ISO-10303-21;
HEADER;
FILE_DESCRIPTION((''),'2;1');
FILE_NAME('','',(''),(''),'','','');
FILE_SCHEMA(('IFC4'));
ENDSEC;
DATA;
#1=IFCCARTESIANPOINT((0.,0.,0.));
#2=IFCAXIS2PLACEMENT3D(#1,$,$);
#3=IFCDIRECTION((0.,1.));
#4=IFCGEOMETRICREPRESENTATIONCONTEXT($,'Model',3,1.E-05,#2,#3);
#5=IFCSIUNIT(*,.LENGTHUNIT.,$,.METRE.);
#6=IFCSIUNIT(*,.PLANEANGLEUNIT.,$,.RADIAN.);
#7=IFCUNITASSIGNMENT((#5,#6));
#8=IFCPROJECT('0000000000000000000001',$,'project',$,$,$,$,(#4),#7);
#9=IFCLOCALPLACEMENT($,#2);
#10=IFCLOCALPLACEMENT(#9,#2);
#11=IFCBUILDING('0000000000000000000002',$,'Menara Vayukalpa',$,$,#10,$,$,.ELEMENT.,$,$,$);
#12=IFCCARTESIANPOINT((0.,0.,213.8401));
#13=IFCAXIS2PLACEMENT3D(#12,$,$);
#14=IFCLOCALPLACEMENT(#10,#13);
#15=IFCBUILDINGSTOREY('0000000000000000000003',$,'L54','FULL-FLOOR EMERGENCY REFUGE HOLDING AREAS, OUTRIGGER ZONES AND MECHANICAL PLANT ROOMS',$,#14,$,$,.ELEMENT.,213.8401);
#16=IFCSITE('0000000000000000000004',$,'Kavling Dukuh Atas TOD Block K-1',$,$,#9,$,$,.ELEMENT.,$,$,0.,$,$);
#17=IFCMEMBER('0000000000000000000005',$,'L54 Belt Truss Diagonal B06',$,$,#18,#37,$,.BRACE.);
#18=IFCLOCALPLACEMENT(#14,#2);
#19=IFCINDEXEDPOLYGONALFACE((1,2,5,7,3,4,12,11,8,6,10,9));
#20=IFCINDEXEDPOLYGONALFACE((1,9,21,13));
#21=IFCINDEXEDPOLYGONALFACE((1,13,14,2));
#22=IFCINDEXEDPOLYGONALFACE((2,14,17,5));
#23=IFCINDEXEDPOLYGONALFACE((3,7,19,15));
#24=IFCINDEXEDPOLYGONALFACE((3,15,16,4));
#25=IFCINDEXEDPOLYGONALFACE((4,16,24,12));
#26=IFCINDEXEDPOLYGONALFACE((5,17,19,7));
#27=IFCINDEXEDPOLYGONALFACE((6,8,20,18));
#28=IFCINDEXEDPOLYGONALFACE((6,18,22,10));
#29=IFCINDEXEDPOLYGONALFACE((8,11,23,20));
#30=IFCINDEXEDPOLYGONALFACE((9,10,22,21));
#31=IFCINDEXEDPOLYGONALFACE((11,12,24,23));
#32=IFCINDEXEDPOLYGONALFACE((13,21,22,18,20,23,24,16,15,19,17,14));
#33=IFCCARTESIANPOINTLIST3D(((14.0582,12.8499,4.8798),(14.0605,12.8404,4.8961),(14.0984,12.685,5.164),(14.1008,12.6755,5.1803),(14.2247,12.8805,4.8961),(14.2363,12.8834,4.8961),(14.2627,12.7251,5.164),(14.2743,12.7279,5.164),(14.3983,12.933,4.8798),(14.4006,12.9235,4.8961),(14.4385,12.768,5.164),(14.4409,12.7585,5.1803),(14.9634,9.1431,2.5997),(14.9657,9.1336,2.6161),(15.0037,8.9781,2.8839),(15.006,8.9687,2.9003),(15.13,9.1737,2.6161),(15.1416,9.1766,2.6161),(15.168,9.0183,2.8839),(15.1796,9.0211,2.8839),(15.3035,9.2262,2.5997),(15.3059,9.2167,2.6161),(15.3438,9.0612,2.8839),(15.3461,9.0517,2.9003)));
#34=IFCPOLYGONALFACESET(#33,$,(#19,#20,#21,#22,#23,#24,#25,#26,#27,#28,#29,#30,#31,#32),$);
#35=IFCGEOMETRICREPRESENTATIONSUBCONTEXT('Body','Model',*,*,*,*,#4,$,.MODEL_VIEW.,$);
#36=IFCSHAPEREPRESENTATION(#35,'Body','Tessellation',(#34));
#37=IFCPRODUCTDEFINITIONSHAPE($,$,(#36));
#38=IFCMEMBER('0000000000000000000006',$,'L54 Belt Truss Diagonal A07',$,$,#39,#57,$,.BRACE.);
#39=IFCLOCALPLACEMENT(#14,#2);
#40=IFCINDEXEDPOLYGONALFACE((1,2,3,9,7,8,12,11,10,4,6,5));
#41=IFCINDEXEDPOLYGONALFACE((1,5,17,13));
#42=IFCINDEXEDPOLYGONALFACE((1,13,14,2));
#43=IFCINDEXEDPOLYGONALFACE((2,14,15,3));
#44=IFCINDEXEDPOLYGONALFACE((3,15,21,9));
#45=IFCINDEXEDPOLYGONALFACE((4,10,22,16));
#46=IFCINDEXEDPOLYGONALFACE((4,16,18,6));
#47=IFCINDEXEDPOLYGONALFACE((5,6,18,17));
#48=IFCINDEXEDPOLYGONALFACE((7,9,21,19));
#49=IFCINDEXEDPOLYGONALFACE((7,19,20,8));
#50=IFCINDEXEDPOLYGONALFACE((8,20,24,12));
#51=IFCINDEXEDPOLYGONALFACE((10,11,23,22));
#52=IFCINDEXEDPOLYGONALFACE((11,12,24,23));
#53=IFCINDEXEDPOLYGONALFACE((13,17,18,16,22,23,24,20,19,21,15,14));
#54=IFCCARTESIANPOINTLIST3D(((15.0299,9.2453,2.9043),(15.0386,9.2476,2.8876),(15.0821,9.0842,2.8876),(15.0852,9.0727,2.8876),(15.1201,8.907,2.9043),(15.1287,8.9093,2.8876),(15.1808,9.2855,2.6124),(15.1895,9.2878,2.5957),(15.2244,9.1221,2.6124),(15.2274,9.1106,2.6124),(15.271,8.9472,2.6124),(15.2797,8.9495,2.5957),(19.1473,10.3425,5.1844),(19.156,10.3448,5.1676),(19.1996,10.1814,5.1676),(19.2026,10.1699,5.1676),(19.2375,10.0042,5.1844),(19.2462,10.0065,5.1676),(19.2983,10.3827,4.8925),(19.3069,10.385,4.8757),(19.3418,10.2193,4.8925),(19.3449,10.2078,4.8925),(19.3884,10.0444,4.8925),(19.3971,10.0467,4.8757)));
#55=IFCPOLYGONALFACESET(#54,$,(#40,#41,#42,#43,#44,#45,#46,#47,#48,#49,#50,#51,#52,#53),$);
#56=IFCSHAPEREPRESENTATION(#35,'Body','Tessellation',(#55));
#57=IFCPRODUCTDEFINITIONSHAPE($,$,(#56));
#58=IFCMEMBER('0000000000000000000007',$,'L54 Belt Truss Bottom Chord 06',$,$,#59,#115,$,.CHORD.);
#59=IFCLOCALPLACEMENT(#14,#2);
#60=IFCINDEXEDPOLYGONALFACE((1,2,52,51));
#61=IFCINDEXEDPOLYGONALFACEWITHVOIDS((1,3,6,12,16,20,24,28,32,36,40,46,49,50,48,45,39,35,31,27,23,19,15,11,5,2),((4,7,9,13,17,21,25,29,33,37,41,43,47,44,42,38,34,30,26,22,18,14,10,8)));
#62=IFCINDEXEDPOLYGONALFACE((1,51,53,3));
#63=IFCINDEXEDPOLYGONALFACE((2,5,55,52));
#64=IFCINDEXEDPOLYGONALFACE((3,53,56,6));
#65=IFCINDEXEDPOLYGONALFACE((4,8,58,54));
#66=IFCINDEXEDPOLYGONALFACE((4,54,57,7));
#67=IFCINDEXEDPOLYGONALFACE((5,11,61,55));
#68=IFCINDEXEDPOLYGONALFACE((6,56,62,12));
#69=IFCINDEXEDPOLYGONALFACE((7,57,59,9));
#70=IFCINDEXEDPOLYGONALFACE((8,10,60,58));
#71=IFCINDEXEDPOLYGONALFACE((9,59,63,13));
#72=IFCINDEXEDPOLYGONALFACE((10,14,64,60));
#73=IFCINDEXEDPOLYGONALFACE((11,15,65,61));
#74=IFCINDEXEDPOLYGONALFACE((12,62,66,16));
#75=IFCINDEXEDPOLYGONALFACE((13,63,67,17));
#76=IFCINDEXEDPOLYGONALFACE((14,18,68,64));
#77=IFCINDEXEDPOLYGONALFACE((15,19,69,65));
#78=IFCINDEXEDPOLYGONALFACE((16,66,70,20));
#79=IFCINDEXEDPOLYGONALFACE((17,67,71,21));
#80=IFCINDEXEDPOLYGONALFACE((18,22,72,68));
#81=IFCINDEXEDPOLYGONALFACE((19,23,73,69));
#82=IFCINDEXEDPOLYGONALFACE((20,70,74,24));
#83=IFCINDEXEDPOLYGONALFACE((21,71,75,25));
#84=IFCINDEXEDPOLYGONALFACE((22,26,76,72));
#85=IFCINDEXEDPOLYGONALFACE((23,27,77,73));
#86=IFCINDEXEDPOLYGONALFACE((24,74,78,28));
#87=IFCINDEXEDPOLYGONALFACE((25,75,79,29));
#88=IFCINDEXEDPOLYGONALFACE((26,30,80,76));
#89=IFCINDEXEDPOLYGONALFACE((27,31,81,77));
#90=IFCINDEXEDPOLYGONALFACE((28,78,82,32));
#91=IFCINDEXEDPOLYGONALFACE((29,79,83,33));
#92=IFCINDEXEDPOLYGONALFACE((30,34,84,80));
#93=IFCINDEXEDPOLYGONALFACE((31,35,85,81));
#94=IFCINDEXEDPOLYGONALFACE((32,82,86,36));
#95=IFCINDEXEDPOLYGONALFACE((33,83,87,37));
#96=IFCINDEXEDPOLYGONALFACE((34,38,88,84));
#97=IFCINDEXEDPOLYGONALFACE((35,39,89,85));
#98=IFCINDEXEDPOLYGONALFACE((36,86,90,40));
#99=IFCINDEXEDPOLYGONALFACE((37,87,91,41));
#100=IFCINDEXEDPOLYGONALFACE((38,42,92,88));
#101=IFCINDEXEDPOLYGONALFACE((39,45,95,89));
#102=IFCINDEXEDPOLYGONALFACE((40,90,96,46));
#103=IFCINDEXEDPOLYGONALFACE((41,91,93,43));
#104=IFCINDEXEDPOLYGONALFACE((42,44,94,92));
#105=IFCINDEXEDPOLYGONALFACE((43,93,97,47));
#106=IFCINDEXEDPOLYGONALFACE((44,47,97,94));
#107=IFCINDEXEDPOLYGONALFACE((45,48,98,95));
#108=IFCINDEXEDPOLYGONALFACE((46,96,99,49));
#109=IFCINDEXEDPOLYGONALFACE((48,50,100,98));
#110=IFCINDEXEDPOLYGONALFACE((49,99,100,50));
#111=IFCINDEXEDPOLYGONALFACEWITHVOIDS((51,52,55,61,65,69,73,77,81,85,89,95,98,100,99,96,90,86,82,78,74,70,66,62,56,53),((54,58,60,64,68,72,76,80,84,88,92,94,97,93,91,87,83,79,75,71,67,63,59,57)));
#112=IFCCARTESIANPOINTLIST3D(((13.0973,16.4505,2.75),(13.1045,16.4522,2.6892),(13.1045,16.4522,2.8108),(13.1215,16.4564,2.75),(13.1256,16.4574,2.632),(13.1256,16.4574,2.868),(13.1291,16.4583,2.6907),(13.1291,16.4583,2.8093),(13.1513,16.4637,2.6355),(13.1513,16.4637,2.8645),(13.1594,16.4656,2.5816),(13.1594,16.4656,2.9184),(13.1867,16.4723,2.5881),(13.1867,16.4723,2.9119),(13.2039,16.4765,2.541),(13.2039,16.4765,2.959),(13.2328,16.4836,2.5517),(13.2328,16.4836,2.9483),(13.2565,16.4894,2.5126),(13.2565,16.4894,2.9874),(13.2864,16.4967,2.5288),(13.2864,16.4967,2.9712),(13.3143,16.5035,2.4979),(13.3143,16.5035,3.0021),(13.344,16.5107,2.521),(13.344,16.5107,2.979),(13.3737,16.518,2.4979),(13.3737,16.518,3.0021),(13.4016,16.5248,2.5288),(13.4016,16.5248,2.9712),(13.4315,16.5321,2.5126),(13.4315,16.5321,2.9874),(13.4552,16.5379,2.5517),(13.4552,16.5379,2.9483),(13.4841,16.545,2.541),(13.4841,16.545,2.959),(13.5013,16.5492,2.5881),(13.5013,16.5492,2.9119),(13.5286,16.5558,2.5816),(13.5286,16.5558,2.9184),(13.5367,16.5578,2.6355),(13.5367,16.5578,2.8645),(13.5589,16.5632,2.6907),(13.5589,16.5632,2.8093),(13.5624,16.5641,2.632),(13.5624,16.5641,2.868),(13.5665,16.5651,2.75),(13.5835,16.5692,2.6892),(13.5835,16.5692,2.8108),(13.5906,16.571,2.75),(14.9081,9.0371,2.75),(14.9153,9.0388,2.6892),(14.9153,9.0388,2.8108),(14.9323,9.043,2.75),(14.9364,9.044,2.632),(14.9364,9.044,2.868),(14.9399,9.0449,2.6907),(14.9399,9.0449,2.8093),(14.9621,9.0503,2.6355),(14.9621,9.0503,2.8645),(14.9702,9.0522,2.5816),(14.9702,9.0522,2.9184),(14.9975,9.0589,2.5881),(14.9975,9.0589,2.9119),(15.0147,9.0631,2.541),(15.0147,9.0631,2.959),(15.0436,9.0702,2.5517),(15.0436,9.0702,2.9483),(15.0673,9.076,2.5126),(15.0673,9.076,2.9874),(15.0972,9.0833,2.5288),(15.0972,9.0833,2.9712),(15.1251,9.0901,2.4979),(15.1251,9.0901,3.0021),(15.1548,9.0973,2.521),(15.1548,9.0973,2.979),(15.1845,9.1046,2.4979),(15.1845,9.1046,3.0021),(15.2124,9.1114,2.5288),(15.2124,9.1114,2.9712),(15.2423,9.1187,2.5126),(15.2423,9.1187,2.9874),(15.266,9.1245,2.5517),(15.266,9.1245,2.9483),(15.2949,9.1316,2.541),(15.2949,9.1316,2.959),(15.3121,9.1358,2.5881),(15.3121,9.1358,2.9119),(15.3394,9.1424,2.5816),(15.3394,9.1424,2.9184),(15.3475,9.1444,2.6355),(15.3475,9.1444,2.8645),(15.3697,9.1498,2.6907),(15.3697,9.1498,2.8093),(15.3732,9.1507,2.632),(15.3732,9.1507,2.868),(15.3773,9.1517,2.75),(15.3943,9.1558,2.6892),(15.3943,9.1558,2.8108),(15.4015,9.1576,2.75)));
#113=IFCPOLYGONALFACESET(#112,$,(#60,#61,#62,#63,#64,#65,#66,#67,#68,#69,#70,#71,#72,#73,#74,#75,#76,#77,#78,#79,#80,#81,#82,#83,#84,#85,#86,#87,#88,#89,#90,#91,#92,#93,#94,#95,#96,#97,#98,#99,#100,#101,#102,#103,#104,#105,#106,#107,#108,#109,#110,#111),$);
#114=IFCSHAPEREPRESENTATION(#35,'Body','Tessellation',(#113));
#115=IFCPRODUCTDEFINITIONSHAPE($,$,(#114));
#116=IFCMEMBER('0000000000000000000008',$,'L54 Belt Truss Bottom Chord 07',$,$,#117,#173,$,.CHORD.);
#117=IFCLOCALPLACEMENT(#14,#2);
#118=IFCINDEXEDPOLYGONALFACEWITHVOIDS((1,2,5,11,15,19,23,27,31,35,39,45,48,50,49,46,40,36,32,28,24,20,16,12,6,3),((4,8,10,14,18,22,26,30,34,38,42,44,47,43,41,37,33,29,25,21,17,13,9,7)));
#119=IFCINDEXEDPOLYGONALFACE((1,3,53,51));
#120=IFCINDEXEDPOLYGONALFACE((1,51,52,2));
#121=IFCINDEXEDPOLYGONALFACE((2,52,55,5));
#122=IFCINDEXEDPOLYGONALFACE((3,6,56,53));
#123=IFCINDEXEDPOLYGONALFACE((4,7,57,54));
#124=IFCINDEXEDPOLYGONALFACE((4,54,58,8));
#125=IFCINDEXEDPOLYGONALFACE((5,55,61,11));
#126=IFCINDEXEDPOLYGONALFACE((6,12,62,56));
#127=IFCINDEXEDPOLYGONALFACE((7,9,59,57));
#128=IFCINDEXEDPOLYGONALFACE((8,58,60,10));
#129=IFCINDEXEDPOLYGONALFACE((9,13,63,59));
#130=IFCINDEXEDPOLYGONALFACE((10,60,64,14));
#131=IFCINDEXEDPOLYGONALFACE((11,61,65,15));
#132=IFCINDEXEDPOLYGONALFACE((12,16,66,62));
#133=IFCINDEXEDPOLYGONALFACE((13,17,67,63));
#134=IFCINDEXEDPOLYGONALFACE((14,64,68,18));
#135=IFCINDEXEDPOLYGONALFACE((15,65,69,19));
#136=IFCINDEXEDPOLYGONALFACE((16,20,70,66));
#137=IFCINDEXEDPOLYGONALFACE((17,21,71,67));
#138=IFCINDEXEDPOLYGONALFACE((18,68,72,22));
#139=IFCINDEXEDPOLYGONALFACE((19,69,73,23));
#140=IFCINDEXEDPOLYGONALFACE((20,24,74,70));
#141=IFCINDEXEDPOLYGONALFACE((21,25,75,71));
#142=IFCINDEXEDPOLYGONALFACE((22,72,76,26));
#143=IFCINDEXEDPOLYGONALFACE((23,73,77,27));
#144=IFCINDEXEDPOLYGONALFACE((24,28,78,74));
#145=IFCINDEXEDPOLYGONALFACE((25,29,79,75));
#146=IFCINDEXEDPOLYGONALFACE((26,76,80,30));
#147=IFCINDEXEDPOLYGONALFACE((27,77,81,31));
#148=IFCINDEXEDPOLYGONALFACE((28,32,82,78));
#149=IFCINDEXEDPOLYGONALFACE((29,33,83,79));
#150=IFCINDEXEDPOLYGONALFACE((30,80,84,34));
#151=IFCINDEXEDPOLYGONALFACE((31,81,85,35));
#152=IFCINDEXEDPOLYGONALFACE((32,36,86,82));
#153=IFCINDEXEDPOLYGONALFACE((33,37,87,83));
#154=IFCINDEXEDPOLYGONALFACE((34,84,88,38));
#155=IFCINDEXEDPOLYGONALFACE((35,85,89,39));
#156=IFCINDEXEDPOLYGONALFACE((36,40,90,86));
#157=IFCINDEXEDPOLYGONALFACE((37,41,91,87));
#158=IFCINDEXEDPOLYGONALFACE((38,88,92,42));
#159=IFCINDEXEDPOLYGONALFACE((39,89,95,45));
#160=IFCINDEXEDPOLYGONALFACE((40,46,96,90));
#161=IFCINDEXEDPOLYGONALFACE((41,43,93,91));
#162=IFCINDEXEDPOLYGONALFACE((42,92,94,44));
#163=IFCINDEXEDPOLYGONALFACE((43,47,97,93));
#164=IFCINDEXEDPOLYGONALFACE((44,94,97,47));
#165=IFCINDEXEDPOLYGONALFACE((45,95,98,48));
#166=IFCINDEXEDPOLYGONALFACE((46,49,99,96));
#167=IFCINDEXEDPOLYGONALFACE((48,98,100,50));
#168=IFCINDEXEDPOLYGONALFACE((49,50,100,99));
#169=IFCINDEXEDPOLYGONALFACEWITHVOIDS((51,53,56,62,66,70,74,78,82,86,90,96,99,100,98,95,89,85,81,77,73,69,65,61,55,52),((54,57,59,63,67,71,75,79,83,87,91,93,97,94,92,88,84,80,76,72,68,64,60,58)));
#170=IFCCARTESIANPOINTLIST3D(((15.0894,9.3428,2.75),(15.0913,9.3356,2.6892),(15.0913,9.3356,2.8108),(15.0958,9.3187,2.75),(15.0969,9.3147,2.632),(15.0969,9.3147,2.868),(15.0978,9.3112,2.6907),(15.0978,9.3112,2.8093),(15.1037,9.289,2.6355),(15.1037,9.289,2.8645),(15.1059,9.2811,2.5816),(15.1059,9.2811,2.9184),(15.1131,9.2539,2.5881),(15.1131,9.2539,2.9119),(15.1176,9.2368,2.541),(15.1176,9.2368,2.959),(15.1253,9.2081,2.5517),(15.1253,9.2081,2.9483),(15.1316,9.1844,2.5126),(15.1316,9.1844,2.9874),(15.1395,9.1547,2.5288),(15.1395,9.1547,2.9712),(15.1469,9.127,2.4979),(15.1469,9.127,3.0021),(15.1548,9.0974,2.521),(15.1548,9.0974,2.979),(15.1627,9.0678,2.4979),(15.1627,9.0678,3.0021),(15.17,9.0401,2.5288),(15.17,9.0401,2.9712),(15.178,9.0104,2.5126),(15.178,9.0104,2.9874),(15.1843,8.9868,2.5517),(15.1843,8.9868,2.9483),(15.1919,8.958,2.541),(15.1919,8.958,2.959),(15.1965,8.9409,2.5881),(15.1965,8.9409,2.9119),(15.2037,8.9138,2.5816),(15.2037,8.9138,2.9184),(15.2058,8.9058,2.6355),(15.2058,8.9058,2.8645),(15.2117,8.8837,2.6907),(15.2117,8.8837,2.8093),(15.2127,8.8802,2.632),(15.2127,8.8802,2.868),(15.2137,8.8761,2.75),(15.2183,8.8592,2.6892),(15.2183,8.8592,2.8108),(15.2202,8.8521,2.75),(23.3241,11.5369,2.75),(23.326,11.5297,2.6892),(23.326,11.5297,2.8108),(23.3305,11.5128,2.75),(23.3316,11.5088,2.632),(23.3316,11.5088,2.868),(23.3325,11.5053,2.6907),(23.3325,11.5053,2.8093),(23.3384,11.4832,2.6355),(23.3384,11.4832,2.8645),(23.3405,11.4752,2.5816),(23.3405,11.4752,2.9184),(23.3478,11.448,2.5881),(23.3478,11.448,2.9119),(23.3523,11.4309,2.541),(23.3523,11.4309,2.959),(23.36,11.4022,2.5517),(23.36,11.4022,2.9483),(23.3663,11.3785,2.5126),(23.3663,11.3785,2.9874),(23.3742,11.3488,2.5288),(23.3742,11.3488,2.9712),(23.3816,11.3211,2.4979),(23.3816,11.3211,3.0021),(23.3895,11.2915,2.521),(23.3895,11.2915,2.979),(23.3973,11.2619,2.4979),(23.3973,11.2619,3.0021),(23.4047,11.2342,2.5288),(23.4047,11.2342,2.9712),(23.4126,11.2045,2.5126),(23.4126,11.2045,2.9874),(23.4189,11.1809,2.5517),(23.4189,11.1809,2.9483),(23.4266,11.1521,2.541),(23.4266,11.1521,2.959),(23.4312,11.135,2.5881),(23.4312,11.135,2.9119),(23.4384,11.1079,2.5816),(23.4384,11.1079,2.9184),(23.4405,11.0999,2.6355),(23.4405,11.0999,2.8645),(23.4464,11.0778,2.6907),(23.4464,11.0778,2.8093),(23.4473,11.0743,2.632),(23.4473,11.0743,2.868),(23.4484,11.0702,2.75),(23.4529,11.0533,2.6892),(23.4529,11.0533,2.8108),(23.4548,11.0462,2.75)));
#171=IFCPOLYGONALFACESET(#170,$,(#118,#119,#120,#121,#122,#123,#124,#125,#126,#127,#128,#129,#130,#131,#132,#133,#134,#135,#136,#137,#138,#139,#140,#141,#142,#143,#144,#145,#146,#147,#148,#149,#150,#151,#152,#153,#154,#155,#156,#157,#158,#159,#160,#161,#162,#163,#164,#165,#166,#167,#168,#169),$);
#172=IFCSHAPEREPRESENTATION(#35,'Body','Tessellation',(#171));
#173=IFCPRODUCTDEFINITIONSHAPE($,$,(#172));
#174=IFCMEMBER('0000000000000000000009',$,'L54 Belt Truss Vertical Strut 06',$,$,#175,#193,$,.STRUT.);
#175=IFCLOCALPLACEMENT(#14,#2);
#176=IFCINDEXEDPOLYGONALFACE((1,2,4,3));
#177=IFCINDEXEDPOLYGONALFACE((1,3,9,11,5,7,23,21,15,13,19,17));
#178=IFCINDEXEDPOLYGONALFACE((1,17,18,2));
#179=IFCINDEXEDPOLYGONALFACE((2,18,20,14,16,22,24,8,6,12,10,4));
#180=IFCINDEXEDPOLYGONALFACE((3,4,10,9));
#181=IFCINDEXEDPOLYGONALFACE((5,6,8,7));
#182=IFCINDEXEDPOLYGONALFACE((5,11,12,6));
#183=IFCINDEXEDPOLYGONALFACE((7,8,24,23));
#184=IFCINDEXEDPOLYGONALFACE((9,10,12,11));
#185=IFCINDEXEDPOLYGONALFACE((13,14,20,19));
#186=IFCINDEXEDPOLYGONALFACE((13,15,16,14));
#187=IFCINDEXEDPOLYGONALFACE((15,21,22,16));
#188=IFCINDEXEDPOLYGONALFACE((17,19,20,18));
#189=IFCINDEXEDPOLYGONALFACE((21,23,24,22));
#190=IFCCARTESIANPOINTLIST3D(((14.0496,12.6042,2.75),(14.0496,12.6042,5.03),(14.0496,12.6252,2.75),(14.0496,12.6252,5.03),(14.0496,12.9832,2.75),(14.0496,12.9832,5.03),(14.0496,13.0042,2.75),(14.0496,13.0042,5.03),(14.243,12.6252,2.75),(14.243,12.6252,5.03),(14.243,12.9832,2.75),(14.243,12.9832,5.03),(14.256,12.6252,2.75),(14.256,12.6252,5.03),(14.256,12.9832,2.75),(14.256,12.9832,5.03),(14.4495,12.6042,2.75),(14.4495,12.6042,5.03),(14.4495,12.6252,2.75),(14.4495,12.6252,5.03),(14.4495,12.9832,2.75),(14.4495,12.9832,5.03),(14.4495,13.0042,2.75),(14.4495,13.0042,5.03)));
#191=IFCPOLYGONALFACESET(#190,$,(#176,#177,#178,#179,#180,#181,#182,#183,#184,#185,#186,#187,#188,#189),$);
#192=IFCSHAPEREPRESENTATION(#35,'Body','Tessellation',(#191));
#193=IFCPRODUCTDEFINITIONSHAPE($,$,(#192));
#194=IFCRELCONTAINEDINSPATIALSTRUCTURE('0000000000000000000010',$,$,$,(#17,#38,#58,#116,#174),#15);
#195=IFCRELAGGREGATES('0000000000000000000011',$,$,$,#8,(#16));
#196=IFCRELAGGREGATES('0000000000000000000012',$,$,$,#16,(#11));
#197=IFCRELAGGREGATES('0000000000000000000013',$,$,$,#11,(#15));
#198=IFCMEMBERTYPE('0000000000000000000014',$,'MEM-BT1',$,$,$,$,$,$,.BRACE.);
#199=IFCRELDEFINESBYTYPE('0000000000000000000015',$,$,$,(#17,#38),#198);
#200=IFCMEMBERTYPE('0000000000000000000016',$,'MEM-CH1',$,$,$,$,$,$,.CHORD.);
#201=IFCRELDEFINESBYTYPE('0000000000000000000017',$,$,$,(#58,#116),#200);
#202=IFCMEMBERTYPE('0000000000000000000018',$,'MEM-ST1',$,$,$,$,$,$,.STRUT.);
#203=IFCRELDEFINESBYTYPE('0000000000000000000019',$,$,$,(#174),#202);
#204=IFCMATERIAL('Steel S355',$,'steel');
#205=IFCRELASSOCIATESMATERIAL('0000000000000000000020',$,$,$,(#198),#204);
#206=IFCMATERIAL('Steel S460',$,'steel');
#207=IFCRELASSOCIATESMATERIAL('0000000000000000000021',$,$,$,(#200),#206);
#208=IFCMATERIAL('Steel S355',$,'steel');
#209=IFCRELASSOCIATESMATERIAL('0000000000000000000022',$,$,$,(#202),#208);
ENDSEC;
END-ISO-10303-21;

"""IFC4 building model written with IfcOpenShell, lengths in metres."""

from ifc_helpers import new_model, si_unit, direction, frame, origin, origin_2d, place, context, subcontext, project, spatial, hollow_circle, i_section, extrude, material, material_profile, profile_set, type_object, element, save


model = new_model("IFC4")

# Units and contexts
model_context = context("Model", 3, precision=1e-05, world=origin(), true_north=direction((0.0, 1.0)))
body_context = subcontext(model_context, "Body", "Model", "MODEL_VIEW")
ifc_project = project(units=[si_unit("LENGTHUNIT", "METRE"), si_unit("PLANEANGLEUNIT", "RADIAN")], contexts=[model_context])

# Site, building, storey
site_placement = place(None, origin())
site = spatial("IfcSite", under=ifc_project, at=site_placement, Name="Kavling Dukuh Atas TOD Block K-1", CompositionType="ELEMENT", RefElevation=0.0)
building_placement = place(site_placement, origin())
building = spatial("IfcBuilding", under=site, at=building_placement, Name="Menara Vayukalpa", CompositionType="ELEMENT")
storey_placement = place(building_placement, frame((0.0, 0.0, 213.8401)))
storey = spatial("IfcBuildingStorey", under=building, at=storey_placement, Name="L54", Description="FULL-FLOOR EMERGENCY REFUGE HOLDING AREAS, OUTRIGGER ZONES AND MECHANICAL PLANT ROOMS", CompositionType="ELEMENT", Elevation=213.8401)

# Members
ifc_material_1 = material(Name="Steel S355", Category="steel")
ifc_material_profile_1 = material_profile(ifc_material_1, i_section(OverallWidth=0.3501, OverallDepth=0.3501, WebThickness=0.012, FlangeThickness=0.019, at=origin_2d()), Name="H 350x350x12x19")
ifc_profile_set_1 = profile_set([ifc_material_profile_1], Name="Steel S355")
member_type_1 = type_object("IfcMemberType", Name="MEM-BT1", PredefinedType="BRACE", material=ifc_profile_set_1)
member_1_placement = place(storey_placement, frame((15.1548, 9.0974, 2.75), z_axis=(-0.20366, 0.833917, 0.512939), x_axis=(-0.971449, -0.237248, 0.0)))
element("IfcMember", 1, at=member_1_placement, inside=storey, type_object=member_type_1, Name="L54 Belt Truss Diagonal B06", PredefinedType="BRACE", context=body_context, shape_type="SweptSolid", body=[
    extrude(i_section(OverallWidth=0.3501, OverallDepth=0.3501, WebThickness=0.012, FlangeThickness=0.019, at=origin_2d()), origin(), (0.0, 0.0, 1.0), 4.4451),
])
member_2_placement = place(storey_placement, frame((15.1548, 9.0974, 2.75), z_axis=(0.851984, 0.227027, 0.471786), x_axis=(-0.257484, 0.966282, 0.0)))
element("IfcMember", 2, at=member_2_placement, inside=storey, type_object=member_type_1, Name="L54 Belt Truss Diagonal A07", PredefinedType="BRACE", context=body_context, shape_type="SweptSolid", body=[
    extrude(i_section(OverallWidth=0.3501, OverallDepth=0.3501, WebThickness=0.012, FlangeThickness=0.019, at=origin_2d()), origin(), (0.0, 0.0, 1.0), 4.8328),
])
ifc_material_2 = material(Name="Steel S460", Category="steel")
ifc_material_profile_2 = material_profile(ifc_material_2, hollow_circle(Radius=0.2539, WallThickness=0.0249, at=origin_2d()), Name="CHS 508.0x25")
ifc_profile_set_2 = profile_set([ifc_material_profile_2], Name="Steel S460")
member_type_2 = type_object("IfcMemberType", Name="MEM-CH1", PredefinedType="CHORD", material=ifc_profile_set_2)
member_3_placement = place(storey_placement, frame((13.344, 16.5107, 2.75), z_axis=(0.237285, -0.97144, 0.0), x_axis=(0.97144, 0.237285, 0.0)))
element("IfcMember", 3, at=member_3_placement, inside=storey, type_object=member_type_2, Name="L54 Belt Truss Bottom Chord 06", PredefinedType="CHORD", context=body_context, shape_type="SweptSolid", body=[
    extrude(hollow_circle(Radius=0.2539, WallThickness=0.0249, at=origin_2d()), origin(), (0.0, 0.0, 1.0), 7.6313),
])
member_4_placement = place(storey_placement, frame((15.1548, 9.0974, 2.75), z_axis=(0.966288, 0.257465, 0.0), x_axis=(-0.257465, 0.966288, 0.0)))
element("IfcMember", 4, at=member_4_placement, inside=storey, type_object=member_type_2, Name="L54 Belt Truss Bottom Chord 07", PredefinedType="CHORD", context=body_context, shape_type="SweptSolid", body=[
    extrude(hollow_circle(Radius=0.2539, WallThickness=0.0249, at=origin_2d()), origin(), (0.0, 0.0, 1.0), 8.522),
])
ifc_material_3 = material(Name="Steel S355", Category="steel")
ifc_material_profile_3 = material_profile(ifc_material_3, i_section(OverallWidth=0.3999, OverallDepth=0.3999, WebThickness=0.0129, FlangeThickness=0.021, at=origin_2d()), Name="H 400x400x13x21")
ifc_profile_set_3 = profile_set([ifc_material_profile_3], Name="Steel S355")
member_type_3 = type_object("IfcMemberType", Name="MEM-ST1", PredefinedType="STRUT", material=ifc_profile_set_3)
member_5_placement = place(storey_placement, frame((14.2495, 12.8042, 2.75), z_axis=(0.0, 0.0, 1.0), x_axis=(1.0, 0.0, 0.0)))
element("IfcMember", 5, at=member_5_placement, inside=storey, type_object=member_type_3, Name="L54 Belt Truss Vertical Strut 06", PredefinedType="STRUT", context=body_context, shape_type="SweptSolid", body=[
    extrude(i_section(OverallWidth=0.3999, OverallDepth=0.3999, WebThickness=0.0129, FlangeThickness=0.021, at=origin_2d()), origin(), (0.0, 0.0, 1.0), 2.28),
])

save(model, "model.ifc")
